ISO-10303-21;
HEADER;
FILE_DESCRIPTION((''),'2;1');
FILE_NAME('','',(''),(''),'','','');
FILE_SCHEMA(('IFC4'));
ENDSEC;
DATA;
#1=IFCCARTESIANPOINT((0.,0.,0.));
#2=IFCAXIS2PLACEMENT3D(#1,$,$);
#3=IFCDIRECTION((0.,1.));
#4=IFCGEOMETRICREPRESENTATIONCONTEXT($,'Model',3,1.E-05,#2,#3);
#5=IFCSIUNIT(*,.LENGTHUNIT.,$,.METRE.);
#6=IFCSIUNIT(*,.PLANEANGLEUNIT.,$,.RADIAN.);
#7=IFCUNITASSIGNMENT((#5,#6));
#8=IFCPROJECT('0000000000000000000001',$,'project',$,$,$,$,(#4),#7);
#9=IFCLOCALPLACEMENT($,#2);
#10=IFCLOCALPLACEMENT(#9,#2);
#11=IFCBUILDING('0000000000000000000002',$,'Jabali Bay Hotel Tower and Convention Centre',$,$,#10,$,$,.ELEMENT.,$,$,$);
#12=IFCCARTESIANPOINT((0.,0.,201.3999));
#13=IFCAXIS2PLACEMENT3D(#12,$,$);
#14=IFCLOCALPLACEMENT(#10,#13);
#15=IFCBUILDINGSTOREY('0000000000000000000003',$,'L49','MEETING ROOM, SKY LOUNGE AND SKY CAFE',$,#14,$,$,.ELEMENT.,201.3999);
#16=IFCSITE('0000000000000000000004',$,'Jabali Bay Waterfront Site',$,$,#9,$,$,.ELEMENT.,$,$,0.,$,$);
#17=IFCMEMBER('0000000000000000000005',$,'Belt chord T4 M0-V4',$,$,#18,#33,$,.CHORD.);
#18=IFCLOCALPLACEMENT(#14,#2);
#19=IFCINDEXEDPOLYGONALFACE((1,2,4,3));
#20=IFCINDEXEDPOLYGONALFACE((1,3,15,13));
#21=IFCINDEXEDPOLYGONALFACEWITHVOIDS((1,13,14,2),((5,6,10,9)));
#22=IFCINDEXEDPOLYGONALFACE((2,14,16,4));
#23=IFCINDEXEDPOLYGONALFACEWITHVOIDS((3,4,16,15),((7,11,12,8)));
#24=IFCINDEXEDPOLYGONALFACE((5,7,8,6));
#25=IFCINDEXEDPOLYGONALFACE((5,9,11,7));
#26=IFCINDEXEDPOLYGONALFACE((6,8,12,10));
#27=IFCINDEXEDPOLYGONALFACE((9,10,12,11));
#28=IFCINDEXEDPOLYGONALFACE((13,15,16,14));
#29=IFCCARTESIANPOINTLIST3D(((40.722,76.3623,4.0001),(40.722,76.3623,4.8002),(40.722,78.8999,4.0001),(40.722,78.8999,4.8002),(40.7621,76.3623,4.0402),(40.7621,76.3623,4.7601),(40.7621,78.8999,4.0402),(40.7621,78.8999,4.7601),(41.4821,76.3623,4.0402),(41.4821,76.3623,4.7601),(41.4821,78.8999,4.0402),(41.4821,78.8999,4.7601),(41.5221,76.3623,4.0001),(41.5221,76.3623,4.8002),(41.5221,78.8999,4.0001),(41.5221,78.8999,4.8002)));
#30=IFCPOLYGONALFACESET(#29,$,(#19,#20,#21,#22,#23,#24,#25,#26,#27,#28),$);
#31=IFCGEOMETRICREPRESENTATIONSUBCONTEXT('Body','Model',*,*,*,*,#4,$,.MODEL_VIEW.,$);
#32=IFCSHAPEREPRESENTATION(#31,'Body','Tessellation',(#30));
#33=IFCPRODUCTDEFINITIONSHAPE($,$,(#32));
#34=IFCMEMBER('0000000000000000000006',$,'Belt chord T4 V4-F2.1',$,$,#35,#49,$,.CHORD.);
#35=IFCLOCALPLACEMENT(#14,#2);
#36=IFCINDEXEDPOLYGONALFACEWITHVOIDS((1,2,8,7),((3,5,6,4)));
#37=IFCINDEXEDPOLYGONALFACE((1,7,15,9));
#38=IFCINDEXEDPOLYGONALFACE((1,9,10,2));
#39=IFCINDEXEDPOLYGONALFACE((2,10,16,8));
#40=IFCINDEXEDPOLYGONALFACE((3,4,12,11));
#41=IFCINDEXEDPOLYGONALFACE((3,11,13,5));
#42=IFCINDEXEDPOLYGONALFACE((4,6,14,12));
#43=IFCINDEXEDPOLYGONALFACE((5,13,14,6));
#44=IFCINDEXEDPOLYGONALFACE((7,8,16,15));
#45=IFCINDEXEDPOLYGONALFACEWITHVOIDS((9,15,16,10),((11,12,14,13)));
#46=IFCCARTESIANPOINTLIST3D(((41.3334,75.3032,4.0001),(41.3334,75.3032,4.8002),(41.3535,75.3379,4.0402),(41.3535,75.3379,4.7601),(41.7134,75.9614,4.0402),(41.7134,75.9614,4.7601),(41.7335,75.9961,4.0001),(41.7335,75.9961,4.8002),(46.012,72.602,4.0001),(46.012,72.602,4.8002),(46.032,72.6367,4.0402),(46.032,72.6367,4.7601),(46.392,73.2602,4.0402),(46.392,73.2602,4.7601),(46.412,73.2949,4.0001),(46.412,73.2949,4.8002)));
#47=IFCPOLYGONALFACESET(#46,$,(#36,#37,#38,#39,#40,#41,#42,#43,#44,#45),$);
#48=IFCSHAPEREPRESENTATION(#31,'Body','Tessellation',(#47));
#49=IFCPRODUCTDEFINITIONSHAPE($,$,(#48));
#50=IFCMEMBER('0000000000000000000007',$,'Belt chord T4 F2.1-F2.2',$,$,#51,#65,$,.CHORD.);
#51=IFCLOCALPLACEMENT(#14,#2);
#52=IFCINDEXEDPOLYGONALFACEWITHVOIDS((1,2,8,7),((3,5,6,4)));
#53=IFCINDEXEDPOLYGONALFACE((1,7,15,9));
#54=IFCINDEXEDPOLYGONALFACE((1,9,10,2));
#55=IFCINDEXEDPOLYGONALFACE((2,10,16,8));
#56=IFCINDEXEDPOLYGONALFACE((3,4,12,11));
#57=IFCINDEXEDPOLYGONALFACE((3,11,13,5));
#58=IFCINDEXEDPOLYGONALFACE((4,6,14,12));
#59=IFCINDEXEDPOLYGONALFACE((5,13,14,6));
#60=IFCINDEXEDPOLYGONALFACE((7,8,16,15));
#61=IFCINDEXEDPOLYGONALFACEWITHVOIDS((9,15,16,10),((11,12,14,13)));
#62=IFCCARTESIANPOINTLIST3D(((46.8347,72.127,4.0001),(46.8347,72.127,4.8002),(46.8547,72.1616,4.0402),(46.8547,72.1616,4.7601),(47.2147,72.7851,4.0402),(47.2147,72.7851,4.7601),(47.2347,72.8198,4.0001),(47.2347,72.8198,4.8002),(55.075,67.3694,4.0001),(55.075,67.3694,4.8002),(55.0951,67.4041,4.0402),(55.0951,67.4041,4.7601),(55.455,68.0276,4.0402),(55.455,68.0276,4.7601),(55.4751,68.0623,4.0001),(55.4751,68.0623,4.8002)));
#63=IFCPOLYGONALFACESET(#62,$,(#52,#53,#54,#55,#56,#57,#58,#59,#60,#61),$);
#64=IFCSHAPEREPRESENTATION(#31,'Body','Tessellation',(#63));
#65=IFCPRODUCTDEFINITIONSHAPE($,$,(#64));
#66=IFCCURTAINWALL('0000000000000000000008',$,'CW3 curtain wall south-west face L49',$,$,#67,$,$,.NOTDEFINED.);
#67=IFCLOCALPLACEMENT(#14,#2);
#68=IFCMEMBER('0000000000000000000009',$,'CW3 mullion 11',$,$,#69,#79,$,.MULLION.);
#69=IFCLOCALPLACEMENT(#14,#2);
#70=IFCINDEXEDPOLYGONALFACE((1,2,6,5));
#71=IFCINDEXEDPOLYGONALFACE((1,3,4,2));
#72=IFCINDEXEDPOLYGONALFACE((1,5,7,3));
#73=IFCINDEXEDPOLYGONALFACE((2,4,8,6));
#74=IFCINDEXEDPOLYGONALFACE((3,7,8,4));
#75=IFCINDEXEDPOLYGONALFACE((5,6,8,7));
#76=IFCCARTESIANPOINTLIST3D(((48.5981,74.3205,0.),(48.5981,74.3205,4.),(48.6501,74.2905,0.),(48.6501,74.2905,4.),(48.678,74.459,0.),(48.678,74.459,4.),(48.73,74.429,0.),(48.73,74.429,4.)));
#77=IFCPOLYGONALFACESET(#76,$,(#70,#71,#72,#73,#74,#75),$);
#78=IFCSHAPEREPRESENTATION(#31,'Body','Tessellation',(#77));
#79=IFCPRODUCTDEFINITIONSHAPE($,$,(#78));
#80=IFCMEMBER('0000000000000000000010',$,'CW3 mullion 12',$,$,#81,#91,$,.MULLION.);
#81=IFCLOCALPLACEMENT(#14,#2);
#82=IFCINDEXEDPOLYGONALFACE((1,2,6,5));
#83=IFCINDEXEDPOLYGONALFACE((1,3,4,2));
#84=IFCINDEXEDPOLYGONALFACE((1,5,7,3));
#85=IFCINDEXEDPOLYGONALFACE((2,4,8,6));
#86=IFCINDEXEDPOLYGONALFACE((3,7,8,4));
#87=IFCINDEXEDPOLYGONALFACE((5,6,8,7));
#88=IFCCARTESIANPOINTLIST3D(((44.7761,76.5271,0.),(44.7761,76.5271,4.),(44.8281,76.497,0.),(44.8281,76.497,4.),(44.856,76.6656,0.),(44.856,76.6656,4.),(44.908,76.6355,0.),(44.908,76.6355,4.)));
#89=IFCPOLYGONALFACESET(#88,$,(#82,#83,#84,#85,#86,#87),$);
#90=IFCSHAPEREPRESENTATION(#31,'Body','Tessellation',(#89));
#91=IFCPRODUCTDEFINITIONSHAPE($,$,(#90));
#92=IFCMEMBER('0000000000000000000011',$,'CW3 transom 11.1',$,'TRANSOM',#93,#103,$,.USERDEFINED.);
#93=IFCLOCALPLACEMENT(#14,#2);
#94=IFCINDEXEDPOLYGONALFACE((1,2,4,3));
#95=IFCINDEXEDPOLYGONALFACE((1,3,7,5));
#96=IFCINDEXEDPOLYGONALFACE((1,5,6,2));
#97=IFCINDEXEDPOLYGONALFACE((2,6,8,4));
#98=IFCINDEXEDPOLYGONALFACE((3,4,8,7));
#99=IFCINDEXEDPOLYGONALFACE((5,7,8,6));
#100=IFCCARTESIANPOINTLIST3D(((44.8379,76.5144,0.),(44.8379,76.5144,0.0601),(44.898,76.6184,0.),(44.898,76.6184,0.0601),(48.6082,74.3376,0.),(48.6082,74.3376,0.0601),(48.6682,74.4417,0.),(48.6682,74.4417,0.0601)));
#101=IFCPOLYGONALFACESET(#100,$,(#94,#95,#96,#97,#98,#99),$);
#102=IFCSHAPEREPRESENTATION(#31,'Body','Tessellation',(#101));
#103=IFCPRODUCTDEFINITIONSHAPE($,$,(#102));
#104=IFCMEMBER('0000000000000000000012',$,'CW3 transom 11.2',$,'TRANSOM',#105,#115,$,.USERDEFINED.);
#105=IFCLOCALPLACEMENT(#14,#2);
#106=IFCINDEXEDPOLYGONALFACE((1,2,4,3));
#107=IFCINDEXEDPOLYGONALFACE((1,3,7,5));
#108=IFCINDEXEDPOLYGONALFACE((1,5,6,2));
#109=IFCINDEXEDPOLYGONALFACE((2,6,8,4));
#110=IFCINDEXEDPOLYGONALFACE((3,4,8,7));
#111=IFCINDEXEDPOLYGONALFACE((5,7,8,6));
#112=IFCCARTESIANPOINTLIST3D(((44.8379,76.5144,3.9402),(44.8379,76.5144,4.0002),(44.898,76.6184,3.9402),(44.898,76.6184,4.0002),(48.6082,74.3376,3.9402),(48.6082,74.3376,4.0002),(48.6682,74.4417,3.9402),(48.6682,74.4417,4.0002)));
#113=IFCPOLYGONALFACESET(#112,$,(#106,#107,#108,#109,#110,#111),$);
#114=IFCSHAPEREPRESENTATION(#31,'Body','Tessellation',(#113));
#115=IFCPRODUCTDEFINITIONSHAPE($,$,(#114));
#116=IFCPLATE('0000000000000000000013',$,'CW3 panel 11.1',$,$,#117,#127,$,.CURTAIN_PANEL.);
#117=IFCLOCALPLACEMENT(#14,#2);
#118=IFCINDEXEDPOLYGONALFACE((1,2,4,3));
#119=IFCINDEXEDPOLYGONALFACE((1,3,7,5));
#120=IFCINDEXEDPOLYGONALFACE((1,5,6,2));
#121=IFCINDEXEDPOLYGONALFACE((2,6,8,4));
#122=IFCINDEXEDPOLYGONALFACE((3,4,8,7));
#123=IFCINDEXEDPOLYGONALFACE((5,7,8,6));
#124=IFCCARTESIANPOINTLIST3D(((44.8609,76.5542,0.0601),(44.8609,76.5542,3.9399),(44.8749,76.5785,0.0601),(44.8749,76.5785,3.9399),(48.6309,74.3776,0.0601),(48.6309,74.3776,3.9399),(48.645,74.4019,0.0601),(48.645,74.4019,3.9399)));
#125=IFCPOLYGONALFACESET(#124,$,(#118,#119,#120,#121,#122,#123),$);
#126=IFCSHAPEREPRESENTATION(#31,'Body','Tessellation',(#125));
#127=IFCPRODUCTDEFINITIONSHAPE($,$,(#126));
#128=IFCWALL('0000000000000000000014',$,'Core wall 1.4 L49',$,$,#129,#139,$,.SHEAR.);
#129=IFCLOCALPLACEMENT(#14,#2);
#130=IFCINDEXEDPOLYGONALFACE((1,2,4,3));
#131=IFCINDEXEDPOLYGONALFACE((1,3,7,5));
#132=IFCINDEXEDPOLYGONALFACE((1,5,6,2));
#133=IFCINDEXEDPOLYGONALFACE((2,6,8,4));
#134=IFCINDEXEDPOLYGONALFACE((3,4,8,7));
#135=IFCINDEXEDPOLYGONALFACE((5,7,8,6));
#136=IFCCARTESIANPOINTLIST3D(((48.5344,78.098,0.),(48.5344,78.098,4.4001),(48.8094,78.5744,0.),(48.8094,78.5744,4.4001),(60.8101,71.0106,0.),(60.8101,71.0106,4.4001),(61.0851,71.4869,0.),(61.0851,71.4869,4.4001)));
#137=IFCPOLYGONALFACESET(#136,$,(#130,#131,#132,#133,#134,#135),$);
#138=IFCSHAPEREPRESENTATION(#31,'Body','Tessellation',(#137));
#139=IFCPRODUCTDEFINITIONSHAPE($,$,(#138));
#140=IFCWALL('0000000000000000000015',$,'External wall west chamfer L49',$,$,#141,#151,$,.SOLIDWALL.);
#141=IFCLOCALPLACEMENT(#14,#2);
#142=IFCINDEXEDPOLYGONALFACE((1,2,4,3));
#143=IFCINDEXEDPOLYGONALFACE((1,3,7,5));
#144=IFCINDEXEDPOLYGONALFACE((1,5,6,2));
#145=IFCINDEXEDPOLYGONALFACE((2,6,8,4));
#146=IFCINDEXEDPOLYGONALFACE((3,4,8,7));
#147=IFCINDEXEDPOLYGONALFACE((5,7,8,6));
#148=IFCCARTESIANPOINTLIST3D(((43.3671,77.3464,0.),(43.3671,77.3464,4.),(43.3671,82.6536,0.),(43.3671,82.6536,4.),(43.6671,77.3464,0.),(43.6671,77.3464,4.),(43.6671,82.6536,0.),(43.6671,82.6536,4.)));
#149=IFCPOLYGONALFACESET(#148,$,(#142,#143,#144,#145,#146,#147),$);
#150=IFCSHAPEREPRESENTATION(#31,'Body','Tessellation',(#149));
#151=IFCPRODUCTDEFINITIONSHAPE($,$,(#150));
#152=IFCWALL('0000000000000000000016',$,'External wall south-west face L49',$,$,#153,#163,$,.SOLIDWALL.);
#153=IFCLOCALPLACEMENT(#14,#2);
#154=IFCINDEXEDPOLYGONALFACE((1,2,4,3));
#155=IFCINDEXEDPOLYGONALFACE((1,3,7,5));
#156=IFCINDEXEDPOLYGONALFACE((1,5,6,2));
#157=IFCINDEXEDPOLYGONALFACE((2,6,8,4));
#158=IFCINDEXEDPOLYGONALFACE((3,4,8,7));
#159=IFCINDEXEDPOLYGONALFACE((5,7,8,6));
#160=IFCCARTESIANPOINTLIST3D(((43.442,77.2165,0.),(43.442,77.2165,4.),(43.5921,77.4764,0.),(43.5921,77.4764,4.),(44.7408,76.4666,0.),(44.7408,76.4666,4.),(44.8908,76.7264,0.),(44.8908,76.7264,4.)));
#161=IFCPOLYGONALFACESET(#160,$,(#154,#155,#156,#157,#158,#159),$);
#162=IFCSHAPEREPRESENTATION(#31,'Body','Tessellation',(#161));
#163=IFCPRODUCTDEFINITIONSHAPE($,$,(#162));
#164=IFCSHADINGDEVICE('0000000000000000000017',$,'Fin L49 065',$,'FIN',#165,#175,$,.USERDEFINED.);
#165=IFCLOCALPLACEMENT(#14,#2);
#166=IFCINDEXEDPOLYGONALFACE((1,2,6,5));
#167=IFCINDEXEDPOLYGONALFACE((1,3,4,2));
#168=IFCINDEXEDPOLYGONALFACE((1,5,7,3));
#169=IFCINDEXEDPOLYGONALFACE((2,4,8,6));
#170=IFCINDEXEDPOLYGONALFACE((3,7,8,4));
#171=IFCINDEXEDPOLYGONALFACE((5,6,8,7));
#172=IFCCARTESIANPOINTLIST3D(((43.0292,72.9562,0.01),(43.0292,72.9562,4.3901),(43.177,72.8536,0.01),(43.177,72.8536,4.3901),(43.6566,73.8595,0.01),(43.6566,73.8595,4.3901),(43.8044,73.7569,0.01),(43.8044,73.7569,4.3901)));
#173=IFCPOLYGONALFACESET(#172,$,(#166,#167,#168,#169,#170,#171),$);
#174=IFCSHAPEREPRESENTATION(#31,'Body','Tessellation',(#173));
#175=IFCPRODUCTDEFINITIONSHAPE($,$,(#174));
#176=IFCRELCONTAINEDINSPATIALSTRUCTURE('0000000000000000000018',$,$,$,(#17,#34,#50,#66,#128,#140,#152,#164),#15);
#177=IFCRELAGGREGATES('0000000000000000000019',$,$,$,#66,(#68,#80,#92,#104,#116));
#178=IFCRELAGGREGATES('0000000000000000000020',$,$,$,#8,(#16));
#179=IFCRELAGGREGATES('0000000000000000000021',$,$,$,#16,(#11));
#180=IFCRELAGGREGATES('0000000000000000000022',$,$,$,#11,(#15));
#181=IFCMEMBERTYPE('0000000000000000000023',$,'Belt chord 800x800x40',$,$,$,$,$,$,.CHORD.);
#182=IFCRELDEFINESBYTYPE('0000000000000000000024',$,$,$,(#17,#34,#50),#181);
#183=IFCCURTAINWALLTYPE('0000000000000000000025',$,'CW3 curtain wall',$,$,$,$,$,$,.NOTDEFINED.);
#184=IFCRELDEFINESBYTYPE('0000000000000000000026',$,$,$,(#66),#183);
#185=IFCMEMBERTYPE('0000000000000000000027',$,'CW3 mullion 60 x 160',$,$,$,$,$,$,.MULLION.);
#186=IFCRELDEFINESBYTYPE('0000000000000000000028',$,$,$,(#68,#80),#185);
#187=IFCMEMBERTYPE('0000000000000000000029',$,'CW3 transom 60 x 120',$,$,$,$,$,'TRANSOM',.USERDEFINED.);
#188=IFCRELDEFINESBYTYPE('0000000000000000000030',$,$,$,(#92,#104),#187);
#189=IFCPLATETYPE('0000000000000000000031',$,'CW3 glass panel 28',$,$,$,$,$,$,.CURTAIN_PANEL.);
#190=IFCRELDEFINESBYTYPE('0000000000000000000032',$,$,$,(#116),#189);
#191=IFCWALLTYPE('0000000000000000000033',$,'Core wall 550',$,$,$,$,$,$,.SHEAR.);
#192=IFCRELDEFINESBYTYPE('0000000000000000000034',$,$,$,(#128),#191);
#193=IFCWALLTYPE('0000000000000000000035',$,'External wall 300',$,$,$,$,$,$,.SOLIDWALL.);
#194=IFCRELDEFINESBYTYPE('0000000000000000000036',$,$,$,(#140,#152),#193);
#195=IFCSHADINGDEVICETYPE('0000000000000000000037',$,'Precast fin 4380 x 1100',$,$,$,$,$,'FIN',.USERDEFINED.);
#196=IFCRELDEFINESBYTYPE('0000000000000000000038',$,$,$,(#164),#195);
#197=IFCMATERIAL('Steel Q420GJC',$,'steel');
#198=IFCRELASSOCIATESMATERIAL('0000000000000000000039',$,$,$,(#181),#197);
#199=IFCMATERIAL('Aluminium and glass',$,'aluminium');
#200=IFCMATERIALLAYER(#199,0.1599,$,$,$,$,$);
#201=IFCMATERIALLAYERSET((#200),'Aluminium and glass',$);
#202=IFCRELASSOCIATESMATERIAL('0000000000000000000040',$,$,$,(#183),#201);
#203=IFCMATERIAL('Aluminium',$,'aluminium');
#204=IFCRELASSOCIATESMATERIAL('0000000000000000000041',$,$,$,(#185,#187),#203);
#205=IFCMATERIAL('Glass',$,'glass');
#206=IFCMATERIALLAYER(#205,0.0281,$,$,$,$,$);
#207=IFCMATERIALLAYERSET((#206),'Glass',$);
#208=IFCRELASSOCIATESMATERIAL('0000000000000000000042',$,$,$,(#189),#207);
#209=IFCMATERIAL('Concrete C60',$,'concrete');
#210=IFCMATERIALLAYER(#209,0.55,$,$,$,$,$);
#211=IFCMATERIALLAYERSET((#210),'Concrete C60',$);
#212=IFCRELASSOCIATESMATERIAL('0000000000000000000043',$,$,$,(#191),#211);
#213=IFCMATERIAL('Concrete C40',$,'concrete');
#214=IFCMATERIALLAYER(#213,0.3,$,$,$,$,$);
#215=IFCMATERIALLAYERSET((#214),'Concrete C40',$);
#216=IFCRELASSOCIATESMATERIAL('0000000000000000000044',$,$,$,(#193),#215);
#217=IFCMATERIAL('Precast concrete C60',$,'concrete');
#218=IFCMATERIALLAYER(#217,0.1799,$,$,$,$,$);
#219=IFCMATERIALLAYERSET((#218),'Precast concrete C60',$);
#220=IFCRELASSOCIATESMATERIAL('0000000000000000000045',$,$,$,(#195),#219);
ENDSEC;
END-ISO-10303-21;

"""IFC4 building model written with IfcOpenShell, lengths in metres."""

from ifc_helpers import new_model, si_unit, direction, frame, frame_2d, origin, origin_2d, place, context, subcontext, project, spatial, rectangle, hollow_rectangle, extrude, material, layer, layer_set, material_profile, profile_set, type_object, element, aggregate, save


model = new_model("IFC4")

# Units and contexts
model_context = context("Model", 3, precision=1e-05, world=origin(), true_north=direction((0.0, 1.0)))
body_context = subcontext(model_context, "Body", "Model", "MODEL_VIEW")
ifc_project = project(units=[si_unit("LENGTHUNIT", "METRE"), si_unit("PLANEANGLEUNIT", "RADIAN")], contexts=[model_context])

# Site, building, storey
site_placement = place(None, origin())
site = spatial("IfcSite", under=ifc_project, at=site_placement, Name="Jabali Bay Waterfront Site", CompositionType="ELEMENT", RefElevation=0.0)
building_placement = place(site_placement, origin())
building = spatial("IfcBuilding", under=site, at=building_placement, Name="Jabali Bay Hotel Tower and Convention Centre", CompositionType="ELEMENT")
storey_placement = place(building_placement, frame((0.0, 0.0, 201.3999)))
storey = spatial("IfcBuildingStorey", under=building, at=storey_placement, Name="L49", Description="MEETING ROOM, SKY LOUNGE AND SKY CAFE", CompositionType="ELEMENT", Elevation=201.3999)

# Shared definitions
ifc_material_1 = material(Name="Concrete C60", Category="concrete")

# Members
ifc_material_2 = material(Name="Steel Q420GJC", Category="steel")
ifc_material_profile_1 = material_profile(ifc_material_2, hollow_rectangle(XDim=0.8, YDim=0.8, WallThickness=0.04, at=origin_2d()), Name="Belt chord 800x800x40")
ifc_profile_set_1 = profile_set([ifc_material_profile_1], Name="Steel Q420GJC")
member_type_1 = type_object("IfcMemberType", Name="Belt chord 800x800x40", PredefinedType="CHORD", material=ifc_profile_set_1)
member_1_placement = place(storey_placement, frame((41.1221, 78.8999, 4.4001), z_axis=(0.0, -1.0, 0.0), x_axis=(1.0, 0.0, 0.0)))
element("IfcMember", 1, at=member_1_placement, inside=storey, type_object=member_type_1, Name="Belt chord T4 M0-V4", PredefinedType="CHORD", context=body_context, shape_type="SweptSolid", body=[
    extrude(hollow_rectangle(XDim=0.8, YDim=0.8, WallThickness=0.04, at=origin_2d()), origin(), (0.0, 0.0, 1.0), 2.5376),
])
member_2_placement = place(storey_placement, frame((41.5334, 75.6497, 4.4001), z_axis=(0.866021, -0.500008, 0.0), x_axis=(0.500008, 0.866021, 0.0)))
element("IfcMember", 2, at=member_2_placement, inside=storey, type_object=member_type_1, Name="Belt chord T4 V4-F2.1", PredefinedType="CHORD", context=body_context, shape_type="SweptSolid", body=[
    extrude(hollow_rectangle(XDim=0.8, YDim=0.8, WallThickness=0.04, at=origin_2d()), origin(), (0.0, 0.0, 1.0), 5.4023),
])
member_3_placement = place(storey_placement, frame((47.0347, 72.4734, 4.4001), z_axis=(0.866029, -0.499994, 0.0), x_axis=(0.499994, 0.866029, 0.0)))
element("IfcMember", 3, at=member_3_placement, inside=storey, type_object=member_type_1, Name="Belt chord T4 F2.1-F2.2", PredefinedType="CHORD", context=body_context, shape_type="SweptSolid", body=[
    extrude(hollow_rectangle(XDim=0.8, YDim=0.8, WallThickness=0.04, at=origin_2d()), origin(), (0.0, 0.0, 1.0), 9.5151),
])

# Curtain wall, members, plate
ifc_material_3 = material(Name="Aluminium and glass", Category="aluminium")
ifc_layer_1 = layer(ifc_material_3, 0.1599)
ifc_layer_set_1 = layer_set([ifc_layer_1], Name="Aluminium and glass")
curtain_wall_type = type_object("IfcCurtainWallType", Name="CW3 curtain wall", PredefinedType="NOTDEFINED", material=ifc_layer_set_1)
curtain_wall_placement = place(storey_placement, origin())
curtain_wall = element("IfcCurtainWall", 4, at=curtain_wall_placement, inside=storey, type_object=curtain_wall_type, Name="CW3 curtain wall south-west face L49", PredefinedType="NOTDEFINED")
ifc_material_4 = material(Name="Aluminium", Category="aluminium")
ifc_material_profile_2 = material_profile(ifc_material_4, rectangle(XDim=0.1599, YDim=0.0601, at=origin_2d()), Name="CW3 mullion 60 x 160")
ifc_profile_set_2 = profile_set([ifc_material_profile_2], Name="Aluminium")
member_type_2 = type_object("IfcMemberType", Name="CW3 mullion 60 x 160", PredefinedType="MULLION", material=ifc_profile_set_2)
member_4_placement = place(storey_placement, frame((48.6641, 74.3748, 0.0), z_axis=(0.0, 0.0, 1.0), x_axis=(-0.5, -0.866025, 0.0)))
member_4 = element("IfcMember", 5, at=member_4_placement, type_object=member_type_2, Name="CW3 mullion 11", PredefinedType="MULLION", context=body_context, shape_type="SweptSolid", body=[
    extrude(rectangle(XDim=0.1599, YDim=0.0601, at=origin_2d()), origin(), (0.0, 0.0, 1.0), 4.0),
])
member_5_placement = place(storey_placement, frame((44.842, 76.5813, 0.0), z_axis=(0.0, 0.0, 1.0), x_axis=(-0.5, -0.866025, 0.0)))
member_5 = element("IfcMember", 6, at=member_5_placement, type_object=member_type_2, Name="CW3 mullion 12", PredefinedType="MULLION", context=body_context, shape_type="SweptSolid", body=[
    extrude(rectangle(XDim=0.1599, YDim=0.0601, at=origin_2d()), origin(), (0.0, 0.0, 1.0), 4.0),
])
ifc_material_profile_3 = material_profile(ifc_material_4, rectangle(XDim=0.1201, YDim=0.0601, at=origin_2d()), Name="CW3 transom 60 x 120")
ifc_profile_set_3 = profile_set([ifc_material_profile_3], Name="Aluminium")
member_type_3 = type_object("IfcMemberType", Name="CW3 transom 60 x 120", ElementType="TRANSOM", PredefinedType="USERDEFINED", material=ifc_profile_set_3)
member_6_placement = place(storey_placement, frame((48.6382, 74.3896, 0.03), z_axis=(-0.866026, 0.499999, 0.0), x_axis=(-0.499999, -0.866026, 0.0)))
member_6 = element("IfcMember", 7, at=member_6_placement, type_object=member_type_3, Name="CW3 transom 11.1", ObjectType="TRANSOM", PredefinedType="USERDEFINED", context=body_context, shape_type="SweptSolid", body=[
    extrude(rectangle(XDim=0.1201, YDim=0.0601, at=origin_2d()), origin(), (0.0, 0.0, 1.0), 4.3535),
])
member_7_placement = place(storey_placement, frame((48.6382, 74.3896, 3.9702), z_axis=(-0.866026, 0.499999, 0.0), x_axis=(-0.499999, -0.866026, 0.0)))
member_7 = element("IfcMember", 8, at=member_7_placement, type_object=member_type_3, Name="CW3 transom 11.2", ObjectType="TRANSOM", PredefinedType="USERDEFINED", context=body_context, shape_type="SweptSolid", body=[
    extrude(rectangle(XDim=0.1201, YDim=0.0601, at=origin_2d()), origin(), (0.0, 0.0, 1.0), 4.3535),
])
ifc_material_5 = material(Name="Glass", Category="glass")
ifc_layer_2 = layer(ifc_material_5, 0.0281)
ifc_layer_set_2 = layer_set([ifc_layer_2], Name="Glass")
plate_type = type_object("IfcPlateType", Name="CW3 glass panel 28", PredefinedType="CURTAIN_PANEL", material=ifc_layer_set_2)
plate_placement = place(storey_placement, frame((46.7529, 75.478, 0.0601), z_axis=(0.0, 0.0, 1.0), x_axis=(-0.866025, 0.5, 0.0)))
plate = element("IfcPlate", 9, at=plate_placement, type_object=plate_type, Name="CW3 panel 11.1", PredefinedType="CURTAIN_PANEL", context=body_context, shape_type="SweptSolid", body=[
    extrude(rectangle(XDim=4.3533, YDim=0.0281, at=origin_2d()), origin(), (0.0, 0.0, 1.0), 3.8799),
])
aggregate(curtain_wall, [member_4, member_5, member_6, member_7, plate])

# Walls
ifc_layer_3 = layer(ifc_material_1, 0.55)
ifc_layer_set_3 = layer_set([ifc_layer_3], Name="Concrete C60")
wall_type_1 = type_object("IfcWallType", Name="Core wall 550", PredefinedType="SHEAR", material=ifc_layer_set_3)
wall_1_placement = place(storey_placement, frame((48.6719, 78.3362, 0.0), z_axis=(0.0, 0.0, 1.0), x_axis=(0.866024, -0.500003, 0.0)))
element("IfcWall", 10, at=wall_1_placement, inside=storey, type_object=wall_type_1, Name="Core wall 1.4 L49", PredefinedType="SHEAR", context=body_context, shape_type="SweptSolid", body=[
    extrude(rectangle(XDim=14.1748, YDim=0.55, at=frame_2d((7.0874, 0.0))), origin(), (0.0, 0.0, 1.0), 4.4001),
])
ifc_material_6 = material(Name="Concrete C40", Category="concrete")
ifc_layer_4 = layer(ifc_material_6, 0.3)
ifc_layer_set_4 = layer_set([ifc_layer_4], Name="Concrete C40")
wall_type_2 = type_object("IfcWallType", Name="External wall 300", PredefinedType="SOLIDWALL", material=ifc_layer_set_4)
wall_2_placement = place(storey_placement, frame((43.5171, 77.3464, 0.0), z_axis=(0.0, 0.0, 1.0), x_axis=(0.0, 1.0, 0.0)))
element("IfcWall", 11, at=wall_2_placement, inside=storey, type_object=wall_type_2, Name="External wall west chamfer L49", PredefinedType="SOLIDWALL", context=body_context, shape_type="SweptSolid", body=[
    extrude(rectangle(XDim=5.3071, YDim=0.3, at=frame_2d((2.6536, 0.0))), origin(), (0.0, 0.0, 1.0), 4.0),
])
wall_3_placement = place(storey_placement, frame((44.8159, 76.5964, 0.0), z_axis=(0.0, 0.0, 1.0), x_axis=(-0.86599, 0.500061, 0.0)))
element("IfcWall", 12, at=wall_3_placement, inside=storey, type_object=wall_type_2, Name="External wall south-west face L49", PredefinedType="SOLIDWALL", context=body_context, shape_type="SweptSolid", body=[
    extrude(rectangle(XDim=1.4998, YDim=0.3, at=frame_2d((0.75, 0.0))), origin(), (0.0, 0.0, 1.0), 4.0),
])

# Shading device
ifc_material_7 = material(Name="Precast concrete C60", Category="concrete")
ifc_layer_5 = layer(ifc_material_7, 0.1799)
ifc_layer_set_5 = layer_set([ifc_layer_5], Name="Precast concrete C60")
shading_device_type_1 = type_object("IfcShadingDeviceType", Name="Precast fin 4380 x 1100", ElementType="FIN", PredefinedType="USERDEFINED", material=ifc_layer_set_5)
shading_device_1_placement = place(storey_placement, frame((43.7305, 73.8081, 0.01), z_axis=(0.0, 0.0, 1.0), x_axis=(-0.570479, -0.821312, 0.0)))
element("IfcShadingDevice", 13, at=shading_device_1_placement, inside=storey, type_object=shading_device_type_1, Name="Fin L49 065", ObjectType="FIN", PredefinedType="USERDEFINED", context=body_context, shape_type="SweptSolid", body=[
    extrude(rectangle(XDim=1.0999, YDim=0.1799, at=frame_2d((0.5498, 0.0))), origin(), (0.0, 0.0, 1.0), 4.3801),
])

save(model, "model.ifc")
